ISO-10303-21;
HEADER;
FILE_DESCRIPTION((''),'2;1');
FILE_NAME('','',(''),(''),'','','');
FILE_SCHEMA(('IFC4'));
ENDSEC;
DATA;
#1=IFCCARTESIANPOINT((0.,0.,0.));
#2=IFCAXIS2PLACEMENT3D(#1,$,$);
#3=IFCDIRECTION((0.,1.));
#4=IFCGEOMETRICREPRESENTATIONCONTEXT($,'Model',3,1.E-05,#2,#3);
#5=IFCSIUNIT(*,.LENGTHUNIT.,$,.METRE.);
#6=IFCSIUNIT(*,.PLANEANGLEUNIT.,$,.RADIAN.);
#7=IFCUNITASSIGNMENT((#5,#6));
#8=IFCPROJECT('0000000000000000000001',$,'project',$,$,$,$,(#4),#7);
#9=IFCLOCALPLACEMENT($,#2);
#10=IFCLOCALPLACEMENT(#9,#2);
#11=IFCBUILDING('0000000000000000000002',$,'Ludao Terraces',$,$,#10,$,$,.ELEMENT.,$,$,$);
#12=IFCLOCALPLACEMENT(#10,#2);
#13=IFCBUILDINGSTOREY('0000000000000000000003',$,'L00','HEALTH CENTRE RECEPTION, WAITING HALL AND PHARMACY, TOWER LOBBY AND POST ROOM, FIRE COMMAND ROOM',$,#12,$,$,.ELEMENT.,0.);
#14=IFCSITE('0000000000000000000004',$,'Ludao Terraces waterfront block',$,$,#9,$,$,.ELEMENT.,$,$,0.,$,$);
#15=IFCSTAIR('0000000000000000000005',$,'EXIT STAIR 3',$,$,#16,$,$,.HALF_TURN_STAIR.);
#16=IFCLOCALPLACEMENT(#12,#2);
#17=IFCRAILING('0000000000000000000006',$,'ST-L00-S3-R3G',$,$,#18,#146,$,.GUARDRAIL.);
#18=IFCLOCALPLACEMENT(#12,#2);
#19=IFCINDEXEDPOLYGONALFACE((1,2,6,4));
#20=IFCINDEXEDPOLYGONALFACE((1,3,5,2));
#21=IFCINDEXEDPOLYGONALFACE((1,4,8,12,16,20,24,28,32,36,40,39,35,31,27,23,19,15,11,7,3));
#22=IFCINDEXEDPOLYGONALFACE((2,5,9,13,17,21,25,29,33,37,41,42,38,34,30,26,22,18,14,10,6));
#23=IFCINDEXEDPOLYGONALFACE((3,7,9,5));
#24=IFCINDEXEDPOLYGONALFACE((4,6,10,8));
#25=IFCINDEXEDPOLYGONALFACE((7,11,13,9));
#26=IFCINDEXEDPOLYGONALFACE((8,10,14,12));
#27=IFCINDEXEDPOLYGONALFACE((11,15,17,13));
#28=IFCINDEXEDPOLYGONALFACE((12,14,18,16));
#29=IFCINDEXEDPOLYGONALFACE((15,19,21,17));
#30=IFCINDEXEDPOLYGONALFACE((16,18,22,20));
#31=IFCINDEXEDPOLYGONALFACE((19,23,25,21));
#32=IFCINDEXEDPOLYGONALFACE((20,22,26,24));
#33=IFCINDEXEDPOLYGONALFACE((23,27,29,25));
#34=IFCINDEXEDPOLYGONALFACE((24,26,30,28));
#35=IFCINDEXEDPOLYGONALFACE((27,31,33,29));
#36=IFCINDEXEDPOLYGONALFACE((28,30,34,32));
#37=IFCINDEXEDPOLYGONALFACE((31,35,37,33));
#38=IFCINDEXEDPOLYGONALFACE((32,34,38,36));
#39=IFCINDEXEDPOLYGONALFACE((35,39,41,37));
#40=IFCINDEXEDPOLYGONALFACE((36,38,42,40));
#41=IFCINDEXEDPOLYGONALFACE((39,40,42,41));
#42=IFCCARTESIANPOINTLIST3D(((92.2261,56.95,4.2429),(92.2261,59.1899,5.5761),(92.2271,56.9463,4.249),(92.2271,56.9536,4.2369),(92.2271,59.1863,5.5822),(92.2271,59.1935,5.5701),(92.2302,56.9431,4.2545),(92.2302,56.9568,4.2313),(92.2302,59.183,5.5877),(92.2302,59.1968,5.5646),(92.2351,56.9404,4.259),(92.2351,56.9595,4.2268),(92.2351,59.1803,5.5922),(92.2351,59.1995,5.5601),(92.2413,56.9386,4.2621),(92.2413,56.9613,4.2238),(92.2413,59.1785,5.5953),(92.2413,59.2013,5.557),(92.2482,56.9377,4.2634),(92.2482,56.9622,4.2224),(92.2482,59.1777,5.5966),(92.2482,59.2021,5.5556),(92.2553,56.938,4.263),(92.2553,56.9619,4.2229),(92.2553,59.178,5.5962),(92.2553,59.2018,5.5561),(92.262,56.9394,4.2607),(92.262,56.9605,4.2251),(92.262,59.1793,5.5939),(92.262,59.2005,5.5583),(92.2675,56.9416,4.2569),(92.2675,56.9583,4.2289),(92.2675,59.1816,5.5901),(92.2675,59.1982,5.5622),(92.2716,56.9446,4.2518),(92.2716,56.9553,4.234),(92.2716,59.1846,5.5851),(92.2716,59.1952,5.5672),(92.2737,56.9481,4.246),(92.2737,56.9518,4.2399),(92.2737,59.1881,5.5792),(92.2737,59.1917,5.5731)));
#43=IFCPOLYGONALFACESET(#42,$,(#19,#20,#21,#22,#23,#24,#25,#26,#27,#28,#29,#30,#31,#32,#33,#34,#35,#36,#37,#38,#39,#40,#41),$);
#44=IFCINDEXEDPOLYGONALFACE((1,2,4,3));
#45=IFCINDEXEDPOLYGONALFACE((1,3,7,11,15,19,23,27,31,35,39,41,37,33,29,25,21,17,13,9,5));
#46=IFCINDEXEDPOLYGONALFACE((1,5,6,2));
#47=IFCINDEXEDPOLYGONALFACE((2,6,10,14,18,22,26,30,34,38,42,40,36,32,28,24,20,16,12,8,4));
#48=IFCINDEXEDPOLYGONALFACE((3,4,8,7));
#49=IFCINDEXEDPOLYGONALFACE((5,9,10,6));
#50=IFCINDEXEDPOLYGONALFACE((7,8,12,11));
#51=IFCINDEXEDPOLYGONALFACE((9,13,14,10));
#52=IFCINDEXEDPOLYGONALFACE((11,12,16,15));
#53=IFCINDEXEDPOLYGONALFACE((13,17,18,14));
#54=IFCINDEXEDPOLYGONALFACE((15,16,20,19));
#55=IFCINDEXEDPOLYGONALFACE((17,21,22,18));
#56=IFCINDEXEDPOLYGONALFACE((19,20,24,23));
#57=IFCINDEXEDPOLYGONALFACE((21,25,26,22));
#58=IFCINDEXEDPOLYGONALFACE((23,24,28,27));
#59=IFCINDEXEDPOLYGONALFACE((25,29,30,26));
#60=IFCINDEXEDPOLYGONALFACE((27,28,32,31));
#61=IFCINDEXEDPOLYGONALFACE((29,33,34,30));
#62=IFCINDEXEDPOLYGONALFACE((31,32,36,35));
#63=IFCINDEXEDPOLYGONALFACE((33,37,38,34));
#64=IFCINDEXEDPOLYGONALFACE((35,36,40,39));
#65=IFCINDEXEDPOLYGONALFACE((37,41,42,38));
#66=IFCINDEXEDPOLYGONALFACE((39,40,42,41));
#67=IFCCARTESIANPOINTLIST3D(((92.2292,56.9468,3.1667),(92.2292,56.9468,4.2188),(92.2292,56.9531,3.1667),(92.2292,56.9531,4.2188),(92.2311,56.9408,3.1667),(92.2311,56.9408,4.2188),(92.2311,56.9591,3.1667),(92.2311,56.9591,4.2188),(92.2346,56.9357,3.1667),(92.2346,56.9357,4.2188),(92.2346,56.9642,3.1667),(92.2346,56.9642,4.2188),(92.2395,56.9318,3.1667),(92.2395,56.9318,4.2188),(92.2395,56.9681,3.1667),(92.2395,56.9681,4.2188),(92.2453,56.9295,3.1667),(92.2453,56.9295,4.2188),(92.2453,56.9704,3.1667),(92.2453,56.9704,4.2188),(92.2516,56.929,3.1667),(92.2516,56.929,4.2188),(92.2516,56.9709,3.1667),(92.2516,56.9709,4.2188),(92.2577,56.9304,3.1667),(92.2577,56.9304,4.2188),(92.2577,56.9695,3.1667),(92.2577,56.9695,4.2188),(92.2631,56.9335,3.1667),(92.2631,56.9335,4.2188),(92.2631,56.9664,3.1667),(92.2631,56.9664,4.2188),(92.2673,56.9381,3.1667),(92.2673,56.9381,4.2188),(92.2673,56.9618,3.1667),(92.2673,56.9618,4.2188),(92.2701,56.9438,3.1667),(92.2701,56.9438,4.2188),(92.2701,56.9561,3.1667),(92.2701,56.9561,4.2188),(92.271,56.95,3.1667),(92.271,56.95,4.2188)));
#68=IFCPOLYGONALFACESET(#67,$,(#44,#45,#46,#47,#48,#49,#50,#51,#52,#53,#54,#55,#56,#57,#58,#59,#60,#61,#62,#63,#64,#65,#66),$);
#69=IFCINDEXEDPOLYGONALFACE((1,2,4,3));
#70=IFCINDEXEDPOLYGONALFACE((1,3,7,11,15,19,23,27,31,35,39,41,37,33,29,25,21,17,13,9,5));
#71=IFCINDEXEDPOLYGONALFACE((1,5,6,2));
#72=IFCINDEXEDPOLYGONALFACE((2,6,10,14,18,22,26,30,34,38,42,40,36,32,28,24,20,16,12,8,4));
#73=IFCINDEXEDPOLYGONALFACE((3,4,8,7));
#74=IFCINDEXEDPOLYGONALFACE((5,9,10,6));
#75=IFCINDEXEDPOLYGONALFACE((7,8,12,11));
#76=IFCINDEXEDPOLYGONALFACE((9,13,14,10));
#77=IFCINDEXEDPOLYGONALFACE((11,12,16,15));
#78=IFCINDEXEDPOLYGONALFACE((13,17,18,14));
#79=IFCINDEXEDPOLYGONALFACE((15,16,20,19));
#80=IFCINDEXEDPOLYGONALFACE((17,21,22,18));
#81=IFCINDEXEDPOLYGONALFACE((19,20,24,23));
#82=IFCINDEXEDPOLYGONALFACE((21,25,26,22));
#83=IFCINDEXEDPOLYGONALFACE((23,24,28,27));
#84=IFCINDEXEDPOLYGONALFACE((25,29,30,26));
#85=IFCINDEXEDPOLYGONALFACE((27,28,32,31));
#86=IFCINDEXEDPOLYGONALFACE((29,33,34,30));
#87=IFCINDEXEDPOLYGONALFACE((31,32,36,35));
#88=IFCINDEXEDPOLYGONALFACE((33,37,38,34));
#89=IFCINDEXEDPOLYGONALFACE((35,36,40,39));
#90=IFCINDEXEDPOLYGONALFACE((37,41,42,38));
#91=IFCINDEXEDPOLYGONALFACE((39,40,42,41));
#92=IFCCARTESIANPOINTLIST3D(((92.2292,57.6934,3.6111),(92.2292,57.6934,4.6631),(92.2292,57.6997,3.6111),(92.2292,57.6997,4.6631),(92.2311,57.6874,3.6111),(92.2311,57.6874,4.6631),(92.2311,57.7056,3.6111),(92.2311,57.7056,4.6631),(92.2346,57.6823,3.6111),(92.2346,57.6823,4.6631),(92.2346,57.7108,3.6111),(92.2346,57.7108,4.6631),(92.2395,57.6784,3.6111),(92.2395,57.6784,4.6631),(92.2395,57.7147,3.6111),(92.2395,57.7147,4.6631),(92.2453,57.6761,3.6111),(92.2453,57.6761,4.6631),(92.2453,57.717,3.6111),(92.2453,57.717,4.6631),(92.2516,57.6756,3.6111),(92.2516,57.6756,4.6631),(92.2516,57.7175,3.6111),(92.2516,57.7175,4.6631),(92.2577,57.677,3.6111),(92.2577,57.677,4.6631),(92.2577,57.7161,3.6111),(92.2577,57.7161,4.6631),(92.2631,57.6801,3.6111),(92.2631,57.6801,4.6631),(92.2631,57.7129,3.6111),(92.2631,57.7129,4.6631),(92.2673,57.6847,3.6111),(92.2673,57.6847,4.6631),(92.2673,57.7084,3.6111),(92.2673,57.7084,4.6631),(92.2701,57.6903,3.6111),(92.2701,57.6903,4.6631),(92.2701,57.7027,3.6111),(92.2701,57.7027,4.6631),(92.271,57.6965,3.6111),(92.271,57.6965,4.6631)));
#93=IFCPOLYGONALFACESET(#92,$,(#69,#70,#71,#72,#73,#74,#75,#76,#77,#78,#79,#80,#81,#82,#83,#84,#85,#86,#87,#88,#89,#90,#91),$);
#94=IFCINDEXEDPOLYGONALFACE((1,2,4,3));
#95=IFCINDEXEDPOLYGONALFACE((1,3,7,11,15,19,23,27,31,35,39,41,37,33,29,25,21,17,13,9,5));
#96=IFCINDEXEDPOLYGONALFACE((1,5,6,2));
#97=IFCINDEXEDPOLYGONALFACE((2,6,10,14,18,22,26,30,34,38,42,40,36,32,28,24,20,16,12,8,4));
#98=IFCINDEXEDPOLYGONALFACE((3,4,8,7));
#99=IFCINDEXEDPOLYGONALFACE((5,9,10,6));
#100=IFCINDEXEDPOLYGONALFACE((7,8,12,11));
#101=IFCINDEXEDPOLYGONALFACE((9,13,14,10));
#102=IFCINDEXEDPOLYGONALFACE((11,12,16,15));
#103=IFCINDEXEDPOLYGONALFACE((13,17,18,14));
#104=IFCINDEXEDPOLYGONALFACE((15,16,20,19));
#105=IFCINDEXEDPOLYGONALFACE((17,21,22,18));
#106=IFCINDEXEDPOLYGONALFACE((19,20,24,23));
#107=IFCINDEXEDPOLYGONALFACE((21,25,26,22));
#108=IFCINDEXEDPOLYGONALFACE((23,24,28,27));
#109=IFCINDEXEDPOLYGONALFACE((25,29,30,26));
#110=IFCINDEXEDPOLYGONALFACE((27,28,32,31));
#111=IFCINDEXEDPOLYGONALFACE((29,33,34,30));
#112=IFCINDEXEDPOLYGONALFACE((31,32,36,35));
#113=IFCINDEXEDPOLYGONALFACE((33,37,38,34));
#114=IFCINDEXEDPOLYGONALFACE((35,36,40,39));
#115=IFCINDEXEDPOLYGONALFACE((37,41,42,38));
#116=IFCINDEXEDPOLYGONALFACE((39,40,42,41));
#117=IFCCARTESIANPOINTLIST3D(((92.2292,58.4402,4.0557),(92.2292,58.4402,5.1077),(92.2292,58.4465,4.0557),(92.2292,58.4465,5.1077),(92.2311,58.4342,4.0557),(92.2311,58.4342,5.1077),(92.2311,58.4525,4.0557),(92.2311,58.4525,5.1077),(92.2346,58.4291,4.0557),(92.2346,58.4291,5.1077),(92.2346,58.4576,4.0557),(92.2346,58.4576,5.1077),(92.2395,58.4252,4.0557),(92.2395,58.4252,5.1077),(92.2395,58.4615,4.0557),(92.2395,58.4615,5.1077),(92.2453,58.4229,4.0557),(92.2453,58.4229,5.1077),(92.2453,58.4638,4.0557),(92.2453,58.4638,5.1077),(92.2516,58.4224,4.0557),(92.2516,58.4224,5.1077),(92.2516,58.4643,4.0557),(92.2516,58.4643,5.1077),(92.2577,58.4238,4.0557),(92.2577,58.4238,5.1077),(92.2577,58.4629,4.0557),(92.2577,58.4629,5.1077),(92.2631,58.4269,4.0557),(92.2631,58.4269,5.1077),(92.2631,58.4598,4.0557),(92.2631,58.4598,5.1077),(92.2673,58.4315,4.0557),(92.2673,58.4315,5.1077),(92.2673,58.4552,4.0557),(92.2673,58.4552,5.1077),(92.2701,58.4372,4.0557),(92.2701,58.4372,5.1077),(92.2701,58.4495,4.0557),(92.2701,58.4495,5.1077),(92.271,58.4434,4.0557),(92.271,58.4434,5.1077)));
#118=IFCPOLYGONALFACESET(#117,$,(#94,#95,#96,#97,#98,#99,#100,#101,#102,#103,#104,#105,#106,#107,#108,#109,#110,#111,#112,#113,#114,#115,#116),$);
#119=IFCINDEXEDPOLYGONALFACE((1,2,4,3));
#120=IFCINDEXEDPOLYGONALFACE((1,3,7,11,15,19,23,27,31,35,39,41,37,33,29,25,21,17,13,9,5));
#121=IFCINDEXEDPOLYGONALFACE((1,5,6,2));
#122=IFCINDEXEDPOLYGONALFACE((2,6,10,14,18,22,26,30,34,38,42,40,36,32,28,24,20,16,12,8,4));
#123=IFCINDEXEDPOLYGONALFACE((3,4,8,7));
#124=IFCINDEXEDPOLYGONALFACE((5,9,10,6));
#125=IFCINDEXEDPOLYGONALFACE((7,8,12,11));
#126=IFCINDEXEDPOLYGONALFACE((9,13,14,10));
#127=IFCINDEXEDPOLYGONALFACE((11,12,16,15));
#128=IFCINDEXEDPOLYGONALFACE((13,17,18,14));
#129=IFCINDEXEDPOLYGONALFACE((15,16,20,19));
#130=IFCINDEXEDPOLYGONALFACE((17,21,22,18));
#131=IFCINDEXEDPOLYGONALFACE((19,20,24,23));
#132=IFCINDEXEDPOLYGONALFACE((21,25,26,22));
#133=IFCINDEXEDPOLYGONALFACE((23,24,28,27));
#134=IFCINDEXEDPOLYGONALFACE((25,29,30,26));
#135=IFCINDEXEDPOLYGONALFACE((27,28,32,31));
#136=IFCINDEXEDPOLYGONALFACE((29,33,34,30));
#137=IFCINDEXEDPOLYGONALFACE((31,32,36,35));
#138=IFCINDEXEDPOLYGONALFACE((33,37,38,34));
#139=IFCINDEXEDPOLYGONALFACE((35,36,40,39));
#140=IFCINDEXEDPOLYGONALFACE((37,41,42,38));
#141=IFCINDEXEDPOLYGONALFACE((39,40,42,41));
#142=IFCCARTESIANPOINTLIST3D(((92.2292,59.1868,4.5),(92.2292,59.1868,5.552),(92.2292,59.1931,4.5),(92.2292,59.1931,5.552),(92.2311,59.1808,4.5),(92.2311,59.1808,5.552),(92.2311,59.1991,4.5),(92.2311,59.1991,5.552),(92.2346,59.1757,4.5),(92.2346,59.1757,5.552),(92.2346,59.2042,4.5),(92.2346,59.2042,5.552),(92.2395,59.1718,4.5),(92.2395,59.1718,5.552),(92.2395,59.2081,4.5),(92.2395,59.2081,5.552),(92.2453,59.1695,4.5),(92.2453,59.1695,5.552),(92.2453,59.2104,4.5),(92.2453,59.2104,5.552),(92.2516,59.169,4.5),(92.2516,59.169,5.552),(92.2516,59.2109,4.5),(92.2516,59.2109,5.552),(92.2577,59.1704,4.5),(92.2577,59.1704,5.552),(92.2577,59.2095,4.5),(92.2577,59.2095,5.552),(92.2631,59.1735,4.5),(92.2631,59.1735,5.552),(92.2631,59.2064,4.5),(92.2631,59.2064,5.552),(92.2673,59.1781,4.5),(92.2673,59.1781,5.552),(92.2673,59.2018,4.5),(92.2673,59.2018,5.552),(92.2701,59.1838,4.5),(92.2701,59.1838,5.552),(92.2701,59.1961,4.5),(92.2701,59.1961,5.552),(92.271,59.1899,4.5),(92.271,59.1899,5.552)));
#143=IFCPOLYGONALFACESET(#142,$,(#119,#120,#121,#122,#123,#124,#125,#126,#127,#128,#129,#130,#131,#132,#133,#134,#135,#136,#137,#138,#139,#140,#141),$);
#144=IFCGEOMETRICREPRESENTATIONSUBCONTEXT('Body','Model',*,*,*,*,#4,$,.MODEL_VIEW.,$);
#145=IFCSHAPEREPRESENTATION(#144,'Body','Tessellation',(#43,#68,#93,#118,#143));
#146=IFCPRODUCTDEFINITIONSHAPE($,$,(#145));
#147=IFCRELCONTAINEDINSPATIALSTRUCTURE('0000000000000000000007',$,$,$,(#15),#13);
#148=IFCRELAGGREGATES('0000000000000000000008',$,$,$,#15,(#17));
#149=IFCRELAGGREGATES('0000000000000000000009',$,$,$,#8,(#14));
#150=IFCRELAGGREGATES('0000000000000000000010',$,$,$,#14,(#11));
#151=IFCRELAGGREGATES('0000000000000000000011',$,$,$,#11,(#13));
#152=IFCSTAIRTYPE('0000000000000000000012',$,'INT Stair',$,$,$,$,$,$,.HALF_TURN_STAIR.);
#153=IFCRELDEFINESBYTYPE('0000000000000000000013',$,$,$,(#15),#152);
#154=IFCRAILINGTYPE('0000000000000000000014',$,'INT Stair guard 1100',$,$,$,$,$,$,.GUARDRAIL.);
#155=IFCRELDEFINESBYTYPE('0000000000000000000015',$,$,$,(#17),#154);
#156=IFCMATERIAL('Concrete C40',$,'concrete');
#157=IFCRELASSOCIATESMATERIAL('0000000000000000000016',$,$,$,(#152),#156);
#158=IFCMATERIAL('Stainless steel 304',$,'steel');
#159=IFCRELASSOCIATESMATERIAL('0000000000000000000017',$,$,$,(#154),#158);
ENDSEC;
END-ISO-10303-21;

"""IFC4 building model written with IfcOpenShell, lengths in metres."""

from ifc_helpers import new_model, si_unit, direction, frame, origin, origin_2d, place, context, subcontext, project, spatial, circle, extrude, material, type_object, element, aggregate, save


model = new_model("IFC4")

# Units and contexts
model_context = context("Model", 3, precision=1e-05, world=origin(), true_north=direction((0.0, 1.0)))
body_context = subcontext(model_context, "Body", "Model", "MODEL_VIEW")
ifc_project = project(units=[si_unit("LENGTHUNIT", "METRE"), si_unit("PLANEANGLEUNIT", "RADIAN")], contexts=[model_context])

# Site, building, storey
site_placement = place(None, origin())
site = spatial("IfcSite", under=ifc_project, at=site_placement, Name="Ludao Terraces waterfront block", CompositionType="ELEMENT", RefElevation=0.0)
building_placement = place(site_placement, origin())
building = spatial("IfcBuilding", under=site, at=building_placement, Name="Ludao Terraces", CompositionType="ELEMENT")
storey_placement = place(building_placement, origin())
storey = spatial("IfcBuildingStorey", under=building, at=storey_placement, Name="L00", Description="HEALTH CENTRE RECEPTION, WAITING HALL AND PHARMACY, TOWER LOBBY AND POST ROOM, FIRE COMMAND ROOM", CompositionType="ELEMENT", Elevation=0.0)

# Stair, railing
ifc_material_1 = material(Name="Concrete C40", Category="concrete")
stair_type = type_object("IfcStairType", Name="INT Stair", PredefinedType="HALF_TURN_STAIR", material=ifc_material_1)
stair_placement = place(storey_placement, origin())
stair = element("IfcStair", 1, at=stair_placement, inside=storey, type_object=stair_type, Name="EXIT STAIR 3", PredefinedType="HALF_TURN_STAIR")
ifc_material_2 = material(Name="Stainless steel 304", Category="steel")
railing_type_1 = type_object("IfcRailingType", Name="INT Stair guard 1100", PredefinedType="GUARDRAIL", material=ifc_material_2)
railing_1_placement = place(storey_placement, frame((92.25, 56.95, 3.1667)))
railing_1 = element("IfcRailing", 2, at=railing_1_placement, type_object=railing_type_1, Name="ST-L00-S3-R3G", PredefinedType="GUARDRAIL", context=body_context, shape_type="SweptSolid", body=[
    extrude(circle(Radius=0.0239, at=origin_2d()), frame((0.0, 0.0, 1.0762), z_axis=(0.0, 0.859306, 0.511462), x_axis=(-1.0, 0.0, 0.0)), (0.0, 0.0, 1.0), 2.6067),
    extrude(circle(Radius=0.021, at=origin_2d()), origin(), (0.0, 0.0, 1.0), 1.052),
    extrude(circle(Radius=0.021, at=origin_2d()), frame((0.0, 0.7466, 0.4443)), (0.0, 0.0, 1.0), 1.052),
    extrude(circle(Radius=0.021, at=origin_2d()), frame((0.0, 1.4934, 0.8889)), (0.0, 0.0, 1.0), 1.052),
    extrude(circle(Radius=0.021, at=origin_2d()), frame((0.0, 2.24, 1.3333)), (0.0, 0.0, 1.0), 1.052),
])
aggregate(stair, [railing_1])

save(model, "model.ifc")
